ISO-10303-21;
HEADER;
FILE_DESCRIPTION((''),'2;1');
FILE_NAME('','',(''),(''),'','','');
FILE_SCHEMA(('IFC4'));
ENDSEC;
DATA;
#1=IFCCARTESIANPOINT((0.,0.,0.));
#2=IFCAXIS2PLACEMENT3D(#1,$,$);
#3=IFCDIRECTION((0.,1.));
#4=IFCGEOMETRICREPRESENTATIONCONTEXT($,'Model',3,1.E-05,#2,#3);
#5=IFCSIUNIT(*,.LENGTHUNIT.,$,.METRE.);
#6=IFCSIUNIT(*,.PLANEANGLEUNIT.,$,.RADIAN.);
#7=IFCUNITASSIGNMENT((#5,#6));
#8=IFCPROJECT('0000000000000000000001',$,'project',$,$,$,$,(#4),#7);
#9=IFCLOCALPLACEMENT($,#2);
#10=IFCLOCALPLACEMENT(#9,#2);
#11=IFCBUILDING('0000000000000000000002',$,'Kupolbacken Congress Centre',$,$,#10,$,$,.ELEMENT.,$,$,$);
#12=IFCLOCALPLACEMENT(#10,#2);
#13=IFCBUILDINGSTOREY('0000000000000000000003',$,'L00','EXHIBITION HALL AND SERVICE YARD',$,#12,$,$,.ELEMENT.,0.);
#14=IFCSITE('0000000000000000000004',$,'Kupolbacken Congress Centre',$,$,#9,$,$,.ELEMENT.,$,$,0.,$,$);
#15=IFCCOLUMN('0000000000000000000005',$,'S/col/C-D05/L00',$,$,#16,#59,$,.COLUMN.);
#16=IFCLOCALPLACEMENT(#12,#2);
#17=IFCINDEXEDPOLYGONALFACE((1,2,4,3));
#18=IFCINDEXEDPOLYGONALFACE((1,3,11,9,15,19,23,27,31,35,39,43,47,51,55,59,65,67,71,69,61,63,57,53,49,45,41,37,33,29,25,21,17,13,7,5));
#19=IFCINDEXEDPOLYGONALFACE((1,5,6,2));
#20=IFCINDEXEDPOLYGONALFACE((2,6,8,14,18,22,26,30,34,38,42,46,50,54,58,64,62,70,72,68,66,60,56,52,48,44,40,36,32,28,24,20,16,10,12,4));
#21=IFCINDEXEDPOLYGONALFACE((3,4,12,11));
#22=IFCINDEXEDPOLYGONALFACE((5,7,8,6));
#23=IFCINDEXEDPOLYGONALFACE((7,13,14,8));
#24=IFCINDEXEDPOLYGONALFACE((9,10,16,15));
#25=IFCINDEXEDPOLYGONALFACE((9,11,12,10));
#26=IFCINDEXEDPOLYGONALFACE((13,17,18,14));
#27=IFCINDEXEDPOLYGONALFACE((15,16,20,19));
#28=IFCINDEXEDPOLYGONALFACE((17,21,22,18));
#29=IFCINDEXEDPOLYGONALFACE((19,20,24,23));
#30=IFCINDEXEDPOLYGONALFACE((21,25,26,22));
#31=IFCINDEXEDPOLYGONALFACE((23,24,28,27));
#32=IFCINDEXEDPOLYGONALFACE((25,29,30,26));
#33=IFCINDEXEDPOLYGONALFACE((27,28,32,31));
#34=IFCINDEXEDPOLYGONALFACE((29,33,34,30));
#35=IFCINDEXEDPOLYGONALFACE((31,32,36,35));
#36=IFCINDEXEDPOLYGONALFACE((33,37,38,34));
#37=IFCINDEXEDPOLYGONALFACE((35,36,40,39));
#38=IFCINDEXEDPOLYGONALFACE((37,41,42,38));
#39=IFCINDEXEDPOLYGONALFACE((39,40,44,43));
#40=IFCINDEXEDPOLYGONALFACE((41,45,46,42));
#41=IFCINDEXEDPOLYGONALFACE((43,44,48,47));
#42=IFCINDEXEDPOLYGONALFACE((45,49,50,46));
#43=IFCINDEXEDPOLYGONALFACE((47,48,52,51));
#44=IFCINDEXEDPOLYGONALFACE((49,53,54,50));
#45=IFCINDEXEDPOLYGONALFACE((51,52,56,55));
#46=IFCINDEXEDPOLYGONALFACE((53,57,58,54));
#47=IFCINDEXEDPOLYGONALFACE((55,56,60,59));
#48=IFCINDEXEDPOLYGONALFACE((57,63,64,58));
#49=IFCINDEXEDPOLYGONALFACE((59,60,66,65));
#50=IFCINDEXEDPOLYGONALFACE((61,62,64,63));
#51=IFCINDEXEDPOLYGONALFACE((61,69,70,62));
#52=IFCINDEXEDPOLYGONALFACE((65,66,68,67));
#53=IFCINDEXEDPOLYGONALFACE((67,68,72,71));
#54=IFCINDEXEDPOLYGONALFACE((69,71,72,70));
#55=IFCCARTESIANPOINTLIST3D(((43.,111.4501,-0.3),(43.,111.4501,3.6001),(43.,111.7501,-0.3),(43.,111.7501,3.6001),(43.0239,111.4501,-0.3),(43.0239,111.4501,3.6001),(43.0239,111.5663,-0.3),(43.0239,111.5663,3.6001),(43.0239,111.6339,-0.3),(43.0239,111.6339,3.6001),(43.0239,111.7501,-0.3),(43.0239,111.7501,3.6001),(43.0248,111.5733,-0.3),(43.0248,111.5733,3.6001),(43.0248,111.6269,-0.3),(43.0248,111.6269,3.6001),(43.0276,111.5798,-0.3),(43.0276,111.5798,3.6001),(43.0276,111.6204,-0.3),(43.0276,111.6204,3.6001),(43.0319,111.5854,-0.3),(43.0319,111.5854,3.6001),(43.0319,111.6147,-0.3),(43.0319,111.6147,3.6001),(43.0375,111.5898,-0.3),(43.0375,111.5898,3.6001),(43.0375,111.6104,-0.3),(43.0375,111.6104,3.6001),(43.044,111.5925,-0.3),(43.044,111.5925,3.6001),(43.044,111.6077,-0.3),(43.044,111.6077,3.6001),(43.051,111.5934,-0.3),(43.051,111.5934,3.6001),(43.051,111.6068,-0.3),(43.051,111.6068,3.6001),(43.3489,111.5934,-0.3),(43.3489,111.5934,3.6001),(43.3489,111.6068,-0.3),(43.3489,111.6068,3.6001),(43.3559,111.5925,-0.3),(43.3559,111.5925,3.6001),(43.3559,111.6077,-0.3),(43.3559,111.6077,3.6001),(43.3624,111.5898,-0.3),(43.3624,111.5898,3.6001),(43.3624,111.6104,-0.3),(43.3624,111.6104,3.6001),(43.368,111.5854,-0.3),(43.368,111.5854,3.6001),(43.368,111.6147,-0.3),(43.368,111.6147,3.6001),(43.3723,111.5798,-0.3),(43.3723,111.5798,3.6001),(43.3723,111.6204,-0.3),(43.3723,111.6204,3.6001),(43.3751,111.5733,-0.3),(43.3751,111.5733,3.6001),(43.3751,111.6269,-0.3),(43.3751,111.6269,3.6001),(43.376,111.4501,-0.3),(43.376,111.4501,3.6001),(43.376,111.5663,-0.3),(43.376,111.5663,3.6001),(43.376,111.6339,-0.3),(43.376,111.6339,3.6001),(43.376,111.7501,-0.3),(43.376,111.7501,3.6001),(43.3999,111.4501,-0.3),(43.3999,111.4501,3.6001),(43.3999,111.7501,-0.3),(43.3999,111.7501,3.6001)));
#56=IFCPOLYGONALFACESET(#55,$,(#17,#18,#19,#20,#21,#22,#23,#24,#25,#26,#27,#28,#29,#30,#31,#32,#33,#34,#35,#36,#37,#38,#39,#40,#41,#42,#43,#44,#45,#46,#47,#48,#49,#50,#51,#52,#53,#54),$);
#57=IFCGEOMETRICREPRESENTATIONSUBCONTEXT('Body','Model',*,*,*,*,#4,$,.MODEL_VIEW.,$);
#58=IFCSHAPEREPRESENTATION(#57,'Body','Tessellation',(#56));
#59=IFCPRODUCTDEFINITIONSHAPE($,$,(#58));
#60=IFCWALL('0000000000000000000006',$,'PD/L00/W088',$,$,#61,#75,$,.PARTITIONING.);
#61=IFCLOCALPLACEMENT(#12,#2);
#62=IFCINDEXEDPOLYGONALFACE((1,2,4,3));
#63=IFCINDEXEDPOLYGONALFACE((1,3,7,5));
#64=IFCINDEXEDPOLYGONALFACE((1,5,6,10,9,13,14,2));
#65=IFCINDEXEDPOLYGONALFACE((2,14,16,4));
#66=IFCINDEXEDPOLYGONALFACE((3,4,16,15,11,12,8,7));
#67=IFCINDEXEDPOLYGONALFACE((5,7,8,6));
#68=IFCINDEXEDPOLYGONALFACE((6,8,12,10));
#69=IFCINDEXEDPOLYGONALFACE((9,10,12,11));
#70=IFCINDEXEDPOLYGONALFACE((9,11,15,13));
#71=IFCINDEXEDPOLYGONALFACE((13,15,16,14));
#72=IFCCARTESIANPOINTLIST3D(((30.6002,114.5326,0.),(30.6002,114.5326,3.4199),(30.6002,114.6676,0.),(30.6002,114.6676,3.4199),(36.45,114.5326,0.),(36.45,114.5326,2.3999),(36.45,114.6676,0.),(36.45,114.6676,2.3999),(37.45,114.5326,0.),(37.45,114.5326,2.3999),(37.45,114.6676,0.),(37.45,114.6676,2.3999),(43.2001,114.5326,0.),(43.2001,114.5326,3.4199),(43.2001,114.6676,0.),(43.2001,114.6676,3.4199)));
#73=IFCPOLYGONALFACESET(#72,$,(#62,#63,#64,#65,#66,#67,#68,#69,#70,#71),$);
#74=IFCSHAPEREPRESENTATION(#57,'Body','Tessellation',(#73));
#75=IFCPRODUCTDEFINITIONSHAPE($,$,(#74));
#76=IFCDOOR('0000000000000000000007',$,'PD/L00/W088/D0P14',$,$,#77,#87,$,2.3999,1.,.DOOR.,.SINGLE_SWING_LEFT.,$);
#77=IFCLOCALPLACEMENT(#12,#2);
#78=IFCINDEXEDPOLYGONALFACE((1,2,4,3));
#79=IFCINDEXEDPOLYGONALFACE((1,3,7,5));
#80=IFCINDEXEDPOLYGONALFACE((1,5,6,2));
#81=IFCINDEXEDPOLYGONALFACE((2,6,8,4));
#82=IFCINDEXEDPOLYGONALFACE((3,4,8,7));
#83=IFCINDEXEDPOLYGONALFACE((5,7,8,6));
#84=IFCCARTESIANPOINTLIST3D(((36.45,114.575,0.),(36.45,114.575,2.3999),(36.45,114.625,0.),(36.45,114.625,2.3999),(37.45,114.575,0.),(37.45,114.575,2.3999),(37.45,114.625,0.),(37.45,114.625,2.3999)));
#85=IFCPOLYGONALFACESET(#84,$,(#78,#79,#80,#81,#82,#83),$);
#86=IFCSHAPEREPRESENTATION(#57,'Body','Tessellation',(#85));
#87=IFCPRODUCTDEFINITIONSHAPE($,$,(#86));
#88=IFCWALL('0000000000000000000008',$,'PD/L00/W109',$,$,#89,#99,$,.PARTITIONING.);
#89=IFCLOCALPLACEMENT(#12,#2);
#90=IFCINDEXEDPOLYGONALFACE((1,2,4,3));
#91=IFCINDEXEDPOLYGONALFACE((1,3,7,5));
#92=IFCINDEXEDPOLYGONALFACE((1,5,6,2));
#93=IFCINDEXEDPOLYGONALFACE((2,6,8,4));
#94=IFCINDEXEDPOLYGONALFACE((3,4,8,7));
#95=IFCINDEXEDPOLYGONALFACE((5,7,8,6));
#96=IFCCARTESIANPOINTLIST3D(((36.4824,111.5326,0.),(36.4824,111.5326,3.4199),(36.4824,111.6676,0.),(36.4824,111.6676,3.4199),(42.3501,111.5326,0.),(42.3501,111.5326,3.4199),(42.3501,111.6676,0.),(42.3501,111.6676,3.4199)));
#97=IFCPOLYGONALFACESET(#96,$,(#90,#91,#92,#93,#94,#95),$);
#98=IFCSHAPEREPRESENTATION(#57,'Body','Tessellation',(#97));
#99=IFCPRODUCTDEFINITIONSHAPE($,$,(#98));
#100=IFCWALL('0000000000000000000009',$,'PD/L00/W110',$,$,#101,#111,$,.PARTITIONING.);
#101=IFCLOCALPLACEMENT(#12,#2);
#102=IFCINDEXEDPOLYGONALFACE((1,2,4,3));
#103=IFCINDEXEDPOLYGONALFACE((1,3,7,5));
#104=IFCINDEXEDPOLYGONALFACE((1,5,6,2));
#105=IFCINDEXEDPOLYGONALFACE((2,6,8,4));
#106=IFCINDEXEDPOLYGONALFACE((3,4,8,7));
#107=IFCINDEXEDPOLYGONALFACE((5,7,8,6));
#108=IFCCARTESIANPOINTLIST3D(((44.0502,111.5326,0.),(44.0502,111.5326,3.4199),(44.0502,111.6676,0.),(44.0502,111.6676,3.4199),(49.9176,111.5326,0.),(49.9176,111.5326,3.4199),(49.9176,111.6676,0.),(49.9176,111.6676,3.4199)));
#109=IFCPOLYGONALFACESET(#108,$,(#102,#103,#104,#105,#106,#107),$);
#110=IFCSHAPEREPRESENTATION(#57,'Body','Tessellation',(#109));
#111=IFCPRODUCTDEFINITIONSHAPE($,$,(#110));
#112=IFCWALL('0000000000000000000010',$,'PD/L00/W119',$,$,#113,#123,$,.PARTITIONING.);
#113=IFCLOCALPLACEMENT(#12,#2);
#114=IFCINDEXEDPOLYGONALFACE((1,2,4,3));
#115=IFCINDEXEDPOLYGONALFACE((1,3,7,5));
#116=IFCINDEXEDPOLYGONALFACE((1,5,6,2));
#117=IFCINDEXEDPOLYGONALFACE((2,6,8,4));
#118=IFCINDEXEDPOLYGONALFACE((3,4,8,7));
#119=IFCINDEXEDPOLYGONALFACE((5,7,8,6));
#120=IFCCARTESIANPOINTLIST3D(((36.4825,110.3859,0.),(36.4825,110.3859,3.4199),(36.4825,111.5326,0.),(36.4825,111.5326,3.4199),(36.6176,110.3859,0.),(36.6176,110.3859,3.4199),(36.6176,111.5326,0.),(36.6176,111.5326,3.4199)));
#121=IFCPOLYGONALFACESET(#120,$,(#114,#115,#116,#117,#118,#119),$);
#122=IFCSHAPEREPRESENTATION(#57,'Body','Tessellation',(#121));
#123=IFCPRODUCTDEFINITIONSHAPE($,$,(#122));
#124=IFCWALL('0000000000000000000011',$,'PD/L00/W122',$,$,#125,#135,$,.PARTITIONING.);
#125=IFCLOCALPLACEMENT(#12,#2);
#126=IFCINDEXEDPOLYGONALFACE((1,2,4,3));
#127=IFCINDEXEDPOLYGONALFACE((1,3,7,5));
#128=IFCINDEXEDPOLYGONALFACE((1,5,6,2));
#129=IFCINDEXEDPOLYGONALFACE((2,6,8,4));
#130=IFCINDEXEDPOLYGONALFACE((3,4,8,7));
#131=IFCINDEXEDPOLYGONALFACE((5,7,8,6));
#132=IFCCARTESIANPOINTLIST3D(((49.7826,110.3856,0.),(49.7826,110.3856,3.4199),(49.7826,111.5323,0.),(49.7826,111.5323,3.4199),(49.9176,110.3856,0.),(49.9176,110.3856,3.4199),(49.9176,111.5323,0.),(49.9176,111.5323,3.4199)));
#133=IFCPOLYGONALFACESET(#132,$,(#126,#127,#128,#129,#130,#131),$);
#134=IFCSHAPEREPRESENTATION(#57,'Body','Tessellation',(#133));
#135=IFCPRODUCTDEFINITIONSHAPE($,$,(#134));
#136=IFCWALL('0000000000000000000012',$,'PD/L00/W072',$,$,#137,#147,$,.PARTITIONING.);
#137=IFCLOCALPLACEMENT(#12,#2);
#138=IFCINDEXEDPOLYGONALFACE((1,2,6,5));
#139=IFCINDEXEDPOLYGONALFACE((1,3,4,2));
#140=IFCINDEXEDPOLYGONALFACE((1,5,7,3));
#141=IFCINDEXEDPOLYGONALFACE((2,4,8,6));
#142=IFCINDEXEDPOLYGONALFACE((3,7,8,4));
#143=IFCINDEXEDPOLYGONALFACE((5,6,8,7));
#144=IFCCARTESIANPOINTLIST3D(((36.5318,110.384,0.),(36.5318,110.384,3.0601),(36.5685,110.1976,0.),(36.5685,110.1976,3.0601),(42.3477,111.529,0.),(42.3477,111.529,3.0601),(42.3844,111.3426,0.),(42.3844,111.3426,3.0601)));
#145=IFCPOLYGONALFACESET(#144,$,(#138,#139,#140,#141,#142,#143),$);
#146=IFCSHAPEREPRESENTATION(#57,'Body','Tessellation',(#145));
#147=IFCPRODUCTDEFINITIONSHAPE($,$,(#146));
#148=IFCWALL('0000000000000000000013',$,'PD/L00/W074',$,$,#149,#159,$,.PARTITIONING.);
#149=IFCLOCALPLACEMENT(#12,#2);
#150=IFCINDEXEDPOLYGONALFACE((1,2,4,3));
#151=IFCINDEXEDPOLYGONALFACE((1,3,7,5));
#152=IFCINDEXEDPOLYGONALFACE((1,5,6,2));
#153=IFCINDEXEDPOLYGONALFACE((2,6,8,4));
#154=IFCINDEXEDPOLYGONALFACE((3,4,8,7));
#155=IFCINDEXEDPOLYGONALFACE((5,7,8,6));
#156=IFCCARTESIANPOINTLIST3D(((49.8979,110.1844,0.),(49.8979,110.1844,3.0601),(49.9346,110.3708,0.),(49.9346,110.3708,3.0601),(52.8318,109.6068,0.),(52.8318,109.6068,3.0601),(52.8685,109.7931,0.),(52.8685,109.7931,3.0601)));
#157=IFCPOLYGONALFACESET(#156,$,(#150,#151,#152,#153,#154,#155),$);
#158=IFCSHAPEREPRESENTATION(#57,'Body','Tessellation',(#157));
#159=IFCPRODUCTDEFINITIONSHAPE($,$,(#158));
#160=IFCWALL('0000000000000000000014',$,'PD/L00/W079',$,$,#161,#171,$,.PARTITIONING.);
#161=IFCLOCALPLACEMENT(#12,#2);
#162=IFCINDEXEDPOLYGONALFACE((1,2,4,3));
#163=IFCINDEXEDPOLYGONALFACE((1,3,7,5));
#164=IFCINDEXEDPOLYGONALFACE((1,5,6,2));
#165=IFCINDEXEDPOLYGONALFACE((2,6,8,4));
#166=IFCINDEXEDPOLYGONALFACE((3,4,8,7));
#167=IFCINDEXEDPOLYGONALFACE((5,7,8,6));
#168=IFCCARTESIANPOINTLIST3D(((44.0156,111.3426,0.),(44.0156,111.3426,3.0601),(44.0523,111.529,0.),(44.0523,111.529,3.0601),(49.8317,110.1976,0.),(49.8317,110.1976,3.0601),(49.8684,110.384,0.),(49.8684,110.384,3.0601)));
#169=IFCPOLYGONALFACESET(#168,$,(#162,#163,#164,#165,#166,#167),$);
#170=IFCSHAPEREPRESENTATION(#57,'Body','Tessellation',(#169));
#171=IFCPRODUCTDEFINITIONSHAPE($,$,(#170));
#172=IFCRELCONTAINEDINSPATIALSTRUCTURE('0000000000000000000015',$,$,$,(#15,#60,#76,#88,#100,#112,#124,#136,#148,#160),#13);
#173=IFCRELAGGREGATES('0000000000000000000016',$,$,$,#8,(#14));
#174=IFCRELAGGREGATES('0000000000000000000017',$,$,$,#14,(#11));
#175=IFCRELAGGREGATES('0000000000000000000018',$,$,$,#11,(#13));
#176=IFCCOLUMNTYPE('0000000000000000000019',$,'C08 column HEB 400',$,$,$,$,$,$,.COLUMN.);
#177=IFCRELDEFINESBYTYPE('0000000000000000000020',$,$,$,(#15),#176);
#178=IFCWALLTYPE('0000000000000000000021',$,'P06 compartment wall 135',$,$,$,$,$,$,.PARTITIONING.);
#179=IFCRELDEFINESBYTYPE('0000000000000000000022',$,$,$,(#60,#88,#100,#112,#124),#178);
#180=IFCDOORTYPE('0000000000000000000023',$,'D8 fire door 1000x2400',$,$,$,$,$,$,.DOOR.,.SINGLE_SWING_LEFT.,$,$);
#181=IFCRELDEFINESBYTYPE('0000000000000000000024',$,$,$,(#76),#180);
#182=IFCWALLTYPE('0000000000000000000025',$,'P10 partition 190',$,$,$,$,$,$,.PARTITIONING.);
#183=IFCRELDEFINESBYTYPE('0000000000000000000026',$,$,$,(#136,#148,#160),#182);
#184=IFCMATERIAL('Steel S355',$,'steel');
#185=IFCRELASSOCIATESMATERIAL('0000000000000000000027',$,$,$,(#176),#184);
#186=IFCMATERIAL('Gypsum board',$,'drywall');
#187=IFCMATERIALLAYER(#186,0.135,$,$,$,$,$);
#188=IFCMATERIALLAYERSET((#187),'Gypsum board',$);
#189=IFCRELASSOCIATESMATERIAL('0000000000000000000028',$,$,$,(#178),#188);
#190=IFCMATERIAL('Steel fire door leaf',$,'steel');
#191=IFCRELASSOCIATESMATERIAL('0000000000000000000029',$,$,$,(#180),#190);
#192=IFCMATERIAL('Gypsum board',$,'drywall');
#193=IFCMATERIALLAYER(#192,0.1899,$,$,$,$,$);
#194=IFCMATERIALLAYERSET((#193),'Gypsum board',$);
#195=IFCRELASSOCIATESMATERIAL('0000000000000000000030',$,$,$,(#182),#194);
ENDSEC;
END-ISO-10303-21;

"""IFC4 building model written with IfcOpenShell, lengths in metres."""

from ifc_helpers import new_model, si_unit, direction, frame, frame_2d, origin, origin_2d, place, context, subcontext, project, spatial, rectangle, i_section, extrude, material, layer, layer_set, material_profile, profile_set, type_object, element, fill, save


model = new_model("IFC4")

# Units and contexts
model_context = context("Model", 3, precision=1e-05, world=origin(), true_north=direction((0.0, 1.0)))
body_context = subcontext(model_context, "Body", "Model", "MODEL_VIEW")
ifc_project = project(units=[si_unit("LENGTHUNIT", "METRE"), si_unit("PLANEANGLEUNIT", "RADIAN")], contexts=[model_context])

# Site, building, storey
site_placement = place(None, origin())
site = spatial("IfcSite", under=ifc_project, at=site_placement, Name="Kupolbacken Congress Centre", CompositionType="ELEMENT", RefElevation=0.0)
building_placement = place(site_placement, origin())
building = spatial("IfcBuilding", under=site, at=building_placement, Name="Kupolbacken Congress Centre", CompositionType="ELEMENT")
storey_placement = place(building_placement, origin())
storey = spatial("IfcBuildingStorey", under=building, at=storey_placement, Name="L00", Description="EXHIBITION HALL AND SERVICE YARD", CompositionType="ELEMENT", Elevation=0.0)

# Column
ifc_material_1 = material(Name="Steel S355", Category="steel")
ifc_material_profile_1 = material_profile(ifc_material_1, i_section(OverallWidth=0.3, OverallDepth=0.3999, WebThickness=0.0134, FlangeThickness=0.0239, FilletRadius=0.0271, at=origin_2d()), Name="HEB 400")
ifc_profile_set_1 = profile_set([ifc_material_profile_1], Name="Steel S355")
column_type_1 = type_object("IfcColumnType", Name="C08 column HEB 400", PredefinedType="COLUMN", material=ifc_profile_set_1)
column_placement = place(storey_placement, frame((43.2, 111.6001, -0.3), z_axis=(0.0, 0.0, 1.0), x_axis=(0.0, 1.0, 0.0)))
element("IfcColumn", 1, at=column_placement, inside=storey, type_object=column_type_1, Name="S/col/C-D05/L00", PredefinedType="COLUMN", context=body_context, shape_type="SweptSolid", body=[
    extrude(i_section(OverallWidth=0.3, OverallDepth=0.3999, WebThickness=0.0134, FlangeThickness=0.0239, FilletRadius=0.0271, at=origin_2d()), origin(), (0.0, 0.0, 1.0), 3.9001),
])

# Wall, opening, door
ifc_material_2 = material(Name="Gypsum board", Category="drywall")
ifc_layer_1 = layer(ifc_material_2, 0.135)
ifc_layer_set_1 = layer_set([ifc_layer_1], Name="Gypsum board")
wall_type_1 = type_object("IfcWallType", Name="P06 compartment wall 135", PredefinedType="PARTITIONING", material=ifc_layer_set_1)
wall_1_placement = place(storey_placement, frame((43.2, 114.6001, 0.0), z_axis=(0.0, 0.0, 1.0), x_axis=(-1.0, 0.0, 0.0)))
wall_1 = element("IfcWall", 2, at=wall_1_placement, inside=storey, type_object=wall_type_1, Name="PD/L00/W088", PredefinedType="PARTITIONING", context=body_context, shape_type="SweptSolid", body=[
    extrude(rectangle(XDim=12.5999, YDim=0.135, at=frame_2d((6.2998, 0.0))), origin(), (0.0, 0.0, 1.0), 3.4199),
])
opening_placement = place(wall_1_placement, frame((5.75, 0.0, 0.0)))
opening = element("IfcOpeningElement", 3, at=opening_placement, cuts=wall_1, PredefinedType="OPENING", context=body_context, shape_type="SweptSolid", body=[
    extrude(rectangle(XDim=1.0, YDim=2.3999, at=frame_2d((0.5, 1.2))), frame((0.0, 0.0774, 0.0), z_axis=(0.0, -1.0, 0.0), x_axis=(1.0, 0.0, 0.0)), (0.0, 0.0, 1.0), 0.155),
])
ifc_material_3 = material(Name="Steel fire door leaf", Category="steel")
door_type = type_object("IfcDoorType", Name="D8 fire door 1000x2400", OperationType="SINGLE_SWING_LEFT", PredefinedType="DOOR", material=ifc_material_3)
door_placement = place(opening_placement, frame((1.0, 0.0, 0.0), z_axis=(0.0, 0.0, 1.0), x_axis=(-1.0, 0.0, 0.0)))
door = element("IfcDoor", 4, at=door_placement, inside=storey, type_object=door_type, Name="PD/L00/W088/D0P14", OperationType="SINGLE_SWING_LEFT", OverallHeight=2.3999, OverallWidth=1.0, PredefinedType="DOOR", context=body_context, shape_type="SweptSolid", body=[
    extrude(rectangle(XDim=1.0, YDim=2.3999, at=frame_2d((0.5, 1.2))), frame((0.0, 0.0249, 0.0), z_axis=(0.0, -1.0, 0.0), x_axis=(1.0, 0.0, 0.0)), (0.0, 0.0, 1.0), 0.05),
])
fill(opening, door)

# Walls
wall_2_placement = place(storey_placement, frame((42.3501, 111.6001, 0.0), z_axis=(0.0, 0.0, 1.0), x_axis=(-1.0, 0.0, 0.0)))
element("IfcWall", 5, at=wall_2_placement, inside=storey, type_object=wall_type_1, Name="PD/L00/W109", PredefinedType="PARTITIONING", context=body_context, shape_type="SweptSolid", body=[
    extrude(rectangle(XDim=5.8677, YDim=0.135, at=frame_2d((2.9338, 0.0))), origin(), (0.0, 0.0, 1.0), 3.4199),
])
wall_3_placement = place(storey_placement, frame((49.9175, 111.6001, 0.0), z_axis=(0.0, 0.0, 1.0), x_axis=(-1.0, 0.0, 0.0)))
element("IfcWall", 6, at=wall_3_placement, inside=storey, type_object=wall_type_1, Name="PD/L00/W110", PredefinedType="PARTITIONING", context=body_context, shape_type="SweptSolid", body=[
    extrude(rectangle(XDim=5.8674, YDim=0.135, at=frame_2d((2.9336, 0.0))), origin(), (0.0, 0.0, 1.0), 3.4199),
])
for number, where, z_axis, x_axis, name in (
    (7, (36.55, 111.5325, 0.0), (0.0, 0.0, 1.0), (0.0, -1.0, 0.0), "PD/L00/W119"),
    (8, (49.8501, 110.3857, 0.0), (0.0, 0.0, 1.0), (0.0, 1.0, 0.0), "PD/L00/W122"),
):
    element("IfcWall", number, at=place(storey_placement, frame(where, z_axis=z_axis, x_axis=x_axis)), inside=storey, type_object=wall_type_1, Name=name, PredefinedType="PARTITIONING", context=body_context, shape_type="SweptSolid", body=[
        extrude(rectangle(XDim=1.1467, YDim=0.135, at=frame_2d((0.5732, 0.0))), origin(), (0.0, 0.0, 1.0), 3.4199),
    ])
ifc_material_4 = material(Name="Gypsum board", Category="drywall")
ifc_layer_2 = layer(ifc_material_4, 0.1899)
ifc_layer_set_2 = layer_set([ifc_layer_2], Name="Gypsum board")
wall_type_2 = type_object("IfcWallType", Name="P10 partition 190", PredefinedType="PARTITIONING", material=ifc_layer_set_2)
wall_4_placement = place(storey_placement, frame((36.55, 110.2908, 0.0), z_axis=(0.0, 0.0, 1.0), x_axis=(0.981166, 0.193169, 0.0)))
element("IfcWall", 9, at=wall_4_placement, inside=storey, type_object=wall_type_2, Name="PD/L00/W072", PredefinedType="PARTITIONING", context=body_context, shape_type="SweptSolid", body=[
    extrude(rectangle(XDim=5.9275, YDim=0.1899, at=frame_2d((2.9639, 0.0))), origin(), (0.0, 0.0, 1.0), 3.0601),
])
wall_5_placement = place(storey_placement, frame((49.9163, 110.2776, 0.0), z_axis=(0.0, 0.0, 1.0), x_axis=(0.981164, -0.193179, 0.0)))
element("IfcWall", 10, at=wall_5_placement, inside=storey, type_object=wall_type_2, Name="PD/L00/W074", PredefinedType="PARTITIONING", context=body_context, shape_type="SweptSolid", body=[
    extrude(rectangle(XDim=2.9902, YDim=0.1899, at=frame_2d((1.4951, 0.0))), origin(), (0.0, 0.0, 1.0), 3.0601),
])
wall_6_placement = place(storey_placement, frame((44.0339, 111.4358, 0.0), z_axis=(0.0, 0.0, 1.0), x_axis=(0.981167, -0.193161, 0.0)))
element("IfcWall", 11, at=wall_6_placement, inside=storey, type_object=wall_type_2, Name="PD/L00/W079", PredefinedType="PARTITIONING", context=body_context, shape_type="SweptSolid", body=[
    extrude(rectangle(XDim=5.9277, YDim=0.1899, at=frame_2d((2.9639, 0.0))), origin(), (0.0, 0.0, 1.0), 3.0601),
])

save(model, "model.ifc")
